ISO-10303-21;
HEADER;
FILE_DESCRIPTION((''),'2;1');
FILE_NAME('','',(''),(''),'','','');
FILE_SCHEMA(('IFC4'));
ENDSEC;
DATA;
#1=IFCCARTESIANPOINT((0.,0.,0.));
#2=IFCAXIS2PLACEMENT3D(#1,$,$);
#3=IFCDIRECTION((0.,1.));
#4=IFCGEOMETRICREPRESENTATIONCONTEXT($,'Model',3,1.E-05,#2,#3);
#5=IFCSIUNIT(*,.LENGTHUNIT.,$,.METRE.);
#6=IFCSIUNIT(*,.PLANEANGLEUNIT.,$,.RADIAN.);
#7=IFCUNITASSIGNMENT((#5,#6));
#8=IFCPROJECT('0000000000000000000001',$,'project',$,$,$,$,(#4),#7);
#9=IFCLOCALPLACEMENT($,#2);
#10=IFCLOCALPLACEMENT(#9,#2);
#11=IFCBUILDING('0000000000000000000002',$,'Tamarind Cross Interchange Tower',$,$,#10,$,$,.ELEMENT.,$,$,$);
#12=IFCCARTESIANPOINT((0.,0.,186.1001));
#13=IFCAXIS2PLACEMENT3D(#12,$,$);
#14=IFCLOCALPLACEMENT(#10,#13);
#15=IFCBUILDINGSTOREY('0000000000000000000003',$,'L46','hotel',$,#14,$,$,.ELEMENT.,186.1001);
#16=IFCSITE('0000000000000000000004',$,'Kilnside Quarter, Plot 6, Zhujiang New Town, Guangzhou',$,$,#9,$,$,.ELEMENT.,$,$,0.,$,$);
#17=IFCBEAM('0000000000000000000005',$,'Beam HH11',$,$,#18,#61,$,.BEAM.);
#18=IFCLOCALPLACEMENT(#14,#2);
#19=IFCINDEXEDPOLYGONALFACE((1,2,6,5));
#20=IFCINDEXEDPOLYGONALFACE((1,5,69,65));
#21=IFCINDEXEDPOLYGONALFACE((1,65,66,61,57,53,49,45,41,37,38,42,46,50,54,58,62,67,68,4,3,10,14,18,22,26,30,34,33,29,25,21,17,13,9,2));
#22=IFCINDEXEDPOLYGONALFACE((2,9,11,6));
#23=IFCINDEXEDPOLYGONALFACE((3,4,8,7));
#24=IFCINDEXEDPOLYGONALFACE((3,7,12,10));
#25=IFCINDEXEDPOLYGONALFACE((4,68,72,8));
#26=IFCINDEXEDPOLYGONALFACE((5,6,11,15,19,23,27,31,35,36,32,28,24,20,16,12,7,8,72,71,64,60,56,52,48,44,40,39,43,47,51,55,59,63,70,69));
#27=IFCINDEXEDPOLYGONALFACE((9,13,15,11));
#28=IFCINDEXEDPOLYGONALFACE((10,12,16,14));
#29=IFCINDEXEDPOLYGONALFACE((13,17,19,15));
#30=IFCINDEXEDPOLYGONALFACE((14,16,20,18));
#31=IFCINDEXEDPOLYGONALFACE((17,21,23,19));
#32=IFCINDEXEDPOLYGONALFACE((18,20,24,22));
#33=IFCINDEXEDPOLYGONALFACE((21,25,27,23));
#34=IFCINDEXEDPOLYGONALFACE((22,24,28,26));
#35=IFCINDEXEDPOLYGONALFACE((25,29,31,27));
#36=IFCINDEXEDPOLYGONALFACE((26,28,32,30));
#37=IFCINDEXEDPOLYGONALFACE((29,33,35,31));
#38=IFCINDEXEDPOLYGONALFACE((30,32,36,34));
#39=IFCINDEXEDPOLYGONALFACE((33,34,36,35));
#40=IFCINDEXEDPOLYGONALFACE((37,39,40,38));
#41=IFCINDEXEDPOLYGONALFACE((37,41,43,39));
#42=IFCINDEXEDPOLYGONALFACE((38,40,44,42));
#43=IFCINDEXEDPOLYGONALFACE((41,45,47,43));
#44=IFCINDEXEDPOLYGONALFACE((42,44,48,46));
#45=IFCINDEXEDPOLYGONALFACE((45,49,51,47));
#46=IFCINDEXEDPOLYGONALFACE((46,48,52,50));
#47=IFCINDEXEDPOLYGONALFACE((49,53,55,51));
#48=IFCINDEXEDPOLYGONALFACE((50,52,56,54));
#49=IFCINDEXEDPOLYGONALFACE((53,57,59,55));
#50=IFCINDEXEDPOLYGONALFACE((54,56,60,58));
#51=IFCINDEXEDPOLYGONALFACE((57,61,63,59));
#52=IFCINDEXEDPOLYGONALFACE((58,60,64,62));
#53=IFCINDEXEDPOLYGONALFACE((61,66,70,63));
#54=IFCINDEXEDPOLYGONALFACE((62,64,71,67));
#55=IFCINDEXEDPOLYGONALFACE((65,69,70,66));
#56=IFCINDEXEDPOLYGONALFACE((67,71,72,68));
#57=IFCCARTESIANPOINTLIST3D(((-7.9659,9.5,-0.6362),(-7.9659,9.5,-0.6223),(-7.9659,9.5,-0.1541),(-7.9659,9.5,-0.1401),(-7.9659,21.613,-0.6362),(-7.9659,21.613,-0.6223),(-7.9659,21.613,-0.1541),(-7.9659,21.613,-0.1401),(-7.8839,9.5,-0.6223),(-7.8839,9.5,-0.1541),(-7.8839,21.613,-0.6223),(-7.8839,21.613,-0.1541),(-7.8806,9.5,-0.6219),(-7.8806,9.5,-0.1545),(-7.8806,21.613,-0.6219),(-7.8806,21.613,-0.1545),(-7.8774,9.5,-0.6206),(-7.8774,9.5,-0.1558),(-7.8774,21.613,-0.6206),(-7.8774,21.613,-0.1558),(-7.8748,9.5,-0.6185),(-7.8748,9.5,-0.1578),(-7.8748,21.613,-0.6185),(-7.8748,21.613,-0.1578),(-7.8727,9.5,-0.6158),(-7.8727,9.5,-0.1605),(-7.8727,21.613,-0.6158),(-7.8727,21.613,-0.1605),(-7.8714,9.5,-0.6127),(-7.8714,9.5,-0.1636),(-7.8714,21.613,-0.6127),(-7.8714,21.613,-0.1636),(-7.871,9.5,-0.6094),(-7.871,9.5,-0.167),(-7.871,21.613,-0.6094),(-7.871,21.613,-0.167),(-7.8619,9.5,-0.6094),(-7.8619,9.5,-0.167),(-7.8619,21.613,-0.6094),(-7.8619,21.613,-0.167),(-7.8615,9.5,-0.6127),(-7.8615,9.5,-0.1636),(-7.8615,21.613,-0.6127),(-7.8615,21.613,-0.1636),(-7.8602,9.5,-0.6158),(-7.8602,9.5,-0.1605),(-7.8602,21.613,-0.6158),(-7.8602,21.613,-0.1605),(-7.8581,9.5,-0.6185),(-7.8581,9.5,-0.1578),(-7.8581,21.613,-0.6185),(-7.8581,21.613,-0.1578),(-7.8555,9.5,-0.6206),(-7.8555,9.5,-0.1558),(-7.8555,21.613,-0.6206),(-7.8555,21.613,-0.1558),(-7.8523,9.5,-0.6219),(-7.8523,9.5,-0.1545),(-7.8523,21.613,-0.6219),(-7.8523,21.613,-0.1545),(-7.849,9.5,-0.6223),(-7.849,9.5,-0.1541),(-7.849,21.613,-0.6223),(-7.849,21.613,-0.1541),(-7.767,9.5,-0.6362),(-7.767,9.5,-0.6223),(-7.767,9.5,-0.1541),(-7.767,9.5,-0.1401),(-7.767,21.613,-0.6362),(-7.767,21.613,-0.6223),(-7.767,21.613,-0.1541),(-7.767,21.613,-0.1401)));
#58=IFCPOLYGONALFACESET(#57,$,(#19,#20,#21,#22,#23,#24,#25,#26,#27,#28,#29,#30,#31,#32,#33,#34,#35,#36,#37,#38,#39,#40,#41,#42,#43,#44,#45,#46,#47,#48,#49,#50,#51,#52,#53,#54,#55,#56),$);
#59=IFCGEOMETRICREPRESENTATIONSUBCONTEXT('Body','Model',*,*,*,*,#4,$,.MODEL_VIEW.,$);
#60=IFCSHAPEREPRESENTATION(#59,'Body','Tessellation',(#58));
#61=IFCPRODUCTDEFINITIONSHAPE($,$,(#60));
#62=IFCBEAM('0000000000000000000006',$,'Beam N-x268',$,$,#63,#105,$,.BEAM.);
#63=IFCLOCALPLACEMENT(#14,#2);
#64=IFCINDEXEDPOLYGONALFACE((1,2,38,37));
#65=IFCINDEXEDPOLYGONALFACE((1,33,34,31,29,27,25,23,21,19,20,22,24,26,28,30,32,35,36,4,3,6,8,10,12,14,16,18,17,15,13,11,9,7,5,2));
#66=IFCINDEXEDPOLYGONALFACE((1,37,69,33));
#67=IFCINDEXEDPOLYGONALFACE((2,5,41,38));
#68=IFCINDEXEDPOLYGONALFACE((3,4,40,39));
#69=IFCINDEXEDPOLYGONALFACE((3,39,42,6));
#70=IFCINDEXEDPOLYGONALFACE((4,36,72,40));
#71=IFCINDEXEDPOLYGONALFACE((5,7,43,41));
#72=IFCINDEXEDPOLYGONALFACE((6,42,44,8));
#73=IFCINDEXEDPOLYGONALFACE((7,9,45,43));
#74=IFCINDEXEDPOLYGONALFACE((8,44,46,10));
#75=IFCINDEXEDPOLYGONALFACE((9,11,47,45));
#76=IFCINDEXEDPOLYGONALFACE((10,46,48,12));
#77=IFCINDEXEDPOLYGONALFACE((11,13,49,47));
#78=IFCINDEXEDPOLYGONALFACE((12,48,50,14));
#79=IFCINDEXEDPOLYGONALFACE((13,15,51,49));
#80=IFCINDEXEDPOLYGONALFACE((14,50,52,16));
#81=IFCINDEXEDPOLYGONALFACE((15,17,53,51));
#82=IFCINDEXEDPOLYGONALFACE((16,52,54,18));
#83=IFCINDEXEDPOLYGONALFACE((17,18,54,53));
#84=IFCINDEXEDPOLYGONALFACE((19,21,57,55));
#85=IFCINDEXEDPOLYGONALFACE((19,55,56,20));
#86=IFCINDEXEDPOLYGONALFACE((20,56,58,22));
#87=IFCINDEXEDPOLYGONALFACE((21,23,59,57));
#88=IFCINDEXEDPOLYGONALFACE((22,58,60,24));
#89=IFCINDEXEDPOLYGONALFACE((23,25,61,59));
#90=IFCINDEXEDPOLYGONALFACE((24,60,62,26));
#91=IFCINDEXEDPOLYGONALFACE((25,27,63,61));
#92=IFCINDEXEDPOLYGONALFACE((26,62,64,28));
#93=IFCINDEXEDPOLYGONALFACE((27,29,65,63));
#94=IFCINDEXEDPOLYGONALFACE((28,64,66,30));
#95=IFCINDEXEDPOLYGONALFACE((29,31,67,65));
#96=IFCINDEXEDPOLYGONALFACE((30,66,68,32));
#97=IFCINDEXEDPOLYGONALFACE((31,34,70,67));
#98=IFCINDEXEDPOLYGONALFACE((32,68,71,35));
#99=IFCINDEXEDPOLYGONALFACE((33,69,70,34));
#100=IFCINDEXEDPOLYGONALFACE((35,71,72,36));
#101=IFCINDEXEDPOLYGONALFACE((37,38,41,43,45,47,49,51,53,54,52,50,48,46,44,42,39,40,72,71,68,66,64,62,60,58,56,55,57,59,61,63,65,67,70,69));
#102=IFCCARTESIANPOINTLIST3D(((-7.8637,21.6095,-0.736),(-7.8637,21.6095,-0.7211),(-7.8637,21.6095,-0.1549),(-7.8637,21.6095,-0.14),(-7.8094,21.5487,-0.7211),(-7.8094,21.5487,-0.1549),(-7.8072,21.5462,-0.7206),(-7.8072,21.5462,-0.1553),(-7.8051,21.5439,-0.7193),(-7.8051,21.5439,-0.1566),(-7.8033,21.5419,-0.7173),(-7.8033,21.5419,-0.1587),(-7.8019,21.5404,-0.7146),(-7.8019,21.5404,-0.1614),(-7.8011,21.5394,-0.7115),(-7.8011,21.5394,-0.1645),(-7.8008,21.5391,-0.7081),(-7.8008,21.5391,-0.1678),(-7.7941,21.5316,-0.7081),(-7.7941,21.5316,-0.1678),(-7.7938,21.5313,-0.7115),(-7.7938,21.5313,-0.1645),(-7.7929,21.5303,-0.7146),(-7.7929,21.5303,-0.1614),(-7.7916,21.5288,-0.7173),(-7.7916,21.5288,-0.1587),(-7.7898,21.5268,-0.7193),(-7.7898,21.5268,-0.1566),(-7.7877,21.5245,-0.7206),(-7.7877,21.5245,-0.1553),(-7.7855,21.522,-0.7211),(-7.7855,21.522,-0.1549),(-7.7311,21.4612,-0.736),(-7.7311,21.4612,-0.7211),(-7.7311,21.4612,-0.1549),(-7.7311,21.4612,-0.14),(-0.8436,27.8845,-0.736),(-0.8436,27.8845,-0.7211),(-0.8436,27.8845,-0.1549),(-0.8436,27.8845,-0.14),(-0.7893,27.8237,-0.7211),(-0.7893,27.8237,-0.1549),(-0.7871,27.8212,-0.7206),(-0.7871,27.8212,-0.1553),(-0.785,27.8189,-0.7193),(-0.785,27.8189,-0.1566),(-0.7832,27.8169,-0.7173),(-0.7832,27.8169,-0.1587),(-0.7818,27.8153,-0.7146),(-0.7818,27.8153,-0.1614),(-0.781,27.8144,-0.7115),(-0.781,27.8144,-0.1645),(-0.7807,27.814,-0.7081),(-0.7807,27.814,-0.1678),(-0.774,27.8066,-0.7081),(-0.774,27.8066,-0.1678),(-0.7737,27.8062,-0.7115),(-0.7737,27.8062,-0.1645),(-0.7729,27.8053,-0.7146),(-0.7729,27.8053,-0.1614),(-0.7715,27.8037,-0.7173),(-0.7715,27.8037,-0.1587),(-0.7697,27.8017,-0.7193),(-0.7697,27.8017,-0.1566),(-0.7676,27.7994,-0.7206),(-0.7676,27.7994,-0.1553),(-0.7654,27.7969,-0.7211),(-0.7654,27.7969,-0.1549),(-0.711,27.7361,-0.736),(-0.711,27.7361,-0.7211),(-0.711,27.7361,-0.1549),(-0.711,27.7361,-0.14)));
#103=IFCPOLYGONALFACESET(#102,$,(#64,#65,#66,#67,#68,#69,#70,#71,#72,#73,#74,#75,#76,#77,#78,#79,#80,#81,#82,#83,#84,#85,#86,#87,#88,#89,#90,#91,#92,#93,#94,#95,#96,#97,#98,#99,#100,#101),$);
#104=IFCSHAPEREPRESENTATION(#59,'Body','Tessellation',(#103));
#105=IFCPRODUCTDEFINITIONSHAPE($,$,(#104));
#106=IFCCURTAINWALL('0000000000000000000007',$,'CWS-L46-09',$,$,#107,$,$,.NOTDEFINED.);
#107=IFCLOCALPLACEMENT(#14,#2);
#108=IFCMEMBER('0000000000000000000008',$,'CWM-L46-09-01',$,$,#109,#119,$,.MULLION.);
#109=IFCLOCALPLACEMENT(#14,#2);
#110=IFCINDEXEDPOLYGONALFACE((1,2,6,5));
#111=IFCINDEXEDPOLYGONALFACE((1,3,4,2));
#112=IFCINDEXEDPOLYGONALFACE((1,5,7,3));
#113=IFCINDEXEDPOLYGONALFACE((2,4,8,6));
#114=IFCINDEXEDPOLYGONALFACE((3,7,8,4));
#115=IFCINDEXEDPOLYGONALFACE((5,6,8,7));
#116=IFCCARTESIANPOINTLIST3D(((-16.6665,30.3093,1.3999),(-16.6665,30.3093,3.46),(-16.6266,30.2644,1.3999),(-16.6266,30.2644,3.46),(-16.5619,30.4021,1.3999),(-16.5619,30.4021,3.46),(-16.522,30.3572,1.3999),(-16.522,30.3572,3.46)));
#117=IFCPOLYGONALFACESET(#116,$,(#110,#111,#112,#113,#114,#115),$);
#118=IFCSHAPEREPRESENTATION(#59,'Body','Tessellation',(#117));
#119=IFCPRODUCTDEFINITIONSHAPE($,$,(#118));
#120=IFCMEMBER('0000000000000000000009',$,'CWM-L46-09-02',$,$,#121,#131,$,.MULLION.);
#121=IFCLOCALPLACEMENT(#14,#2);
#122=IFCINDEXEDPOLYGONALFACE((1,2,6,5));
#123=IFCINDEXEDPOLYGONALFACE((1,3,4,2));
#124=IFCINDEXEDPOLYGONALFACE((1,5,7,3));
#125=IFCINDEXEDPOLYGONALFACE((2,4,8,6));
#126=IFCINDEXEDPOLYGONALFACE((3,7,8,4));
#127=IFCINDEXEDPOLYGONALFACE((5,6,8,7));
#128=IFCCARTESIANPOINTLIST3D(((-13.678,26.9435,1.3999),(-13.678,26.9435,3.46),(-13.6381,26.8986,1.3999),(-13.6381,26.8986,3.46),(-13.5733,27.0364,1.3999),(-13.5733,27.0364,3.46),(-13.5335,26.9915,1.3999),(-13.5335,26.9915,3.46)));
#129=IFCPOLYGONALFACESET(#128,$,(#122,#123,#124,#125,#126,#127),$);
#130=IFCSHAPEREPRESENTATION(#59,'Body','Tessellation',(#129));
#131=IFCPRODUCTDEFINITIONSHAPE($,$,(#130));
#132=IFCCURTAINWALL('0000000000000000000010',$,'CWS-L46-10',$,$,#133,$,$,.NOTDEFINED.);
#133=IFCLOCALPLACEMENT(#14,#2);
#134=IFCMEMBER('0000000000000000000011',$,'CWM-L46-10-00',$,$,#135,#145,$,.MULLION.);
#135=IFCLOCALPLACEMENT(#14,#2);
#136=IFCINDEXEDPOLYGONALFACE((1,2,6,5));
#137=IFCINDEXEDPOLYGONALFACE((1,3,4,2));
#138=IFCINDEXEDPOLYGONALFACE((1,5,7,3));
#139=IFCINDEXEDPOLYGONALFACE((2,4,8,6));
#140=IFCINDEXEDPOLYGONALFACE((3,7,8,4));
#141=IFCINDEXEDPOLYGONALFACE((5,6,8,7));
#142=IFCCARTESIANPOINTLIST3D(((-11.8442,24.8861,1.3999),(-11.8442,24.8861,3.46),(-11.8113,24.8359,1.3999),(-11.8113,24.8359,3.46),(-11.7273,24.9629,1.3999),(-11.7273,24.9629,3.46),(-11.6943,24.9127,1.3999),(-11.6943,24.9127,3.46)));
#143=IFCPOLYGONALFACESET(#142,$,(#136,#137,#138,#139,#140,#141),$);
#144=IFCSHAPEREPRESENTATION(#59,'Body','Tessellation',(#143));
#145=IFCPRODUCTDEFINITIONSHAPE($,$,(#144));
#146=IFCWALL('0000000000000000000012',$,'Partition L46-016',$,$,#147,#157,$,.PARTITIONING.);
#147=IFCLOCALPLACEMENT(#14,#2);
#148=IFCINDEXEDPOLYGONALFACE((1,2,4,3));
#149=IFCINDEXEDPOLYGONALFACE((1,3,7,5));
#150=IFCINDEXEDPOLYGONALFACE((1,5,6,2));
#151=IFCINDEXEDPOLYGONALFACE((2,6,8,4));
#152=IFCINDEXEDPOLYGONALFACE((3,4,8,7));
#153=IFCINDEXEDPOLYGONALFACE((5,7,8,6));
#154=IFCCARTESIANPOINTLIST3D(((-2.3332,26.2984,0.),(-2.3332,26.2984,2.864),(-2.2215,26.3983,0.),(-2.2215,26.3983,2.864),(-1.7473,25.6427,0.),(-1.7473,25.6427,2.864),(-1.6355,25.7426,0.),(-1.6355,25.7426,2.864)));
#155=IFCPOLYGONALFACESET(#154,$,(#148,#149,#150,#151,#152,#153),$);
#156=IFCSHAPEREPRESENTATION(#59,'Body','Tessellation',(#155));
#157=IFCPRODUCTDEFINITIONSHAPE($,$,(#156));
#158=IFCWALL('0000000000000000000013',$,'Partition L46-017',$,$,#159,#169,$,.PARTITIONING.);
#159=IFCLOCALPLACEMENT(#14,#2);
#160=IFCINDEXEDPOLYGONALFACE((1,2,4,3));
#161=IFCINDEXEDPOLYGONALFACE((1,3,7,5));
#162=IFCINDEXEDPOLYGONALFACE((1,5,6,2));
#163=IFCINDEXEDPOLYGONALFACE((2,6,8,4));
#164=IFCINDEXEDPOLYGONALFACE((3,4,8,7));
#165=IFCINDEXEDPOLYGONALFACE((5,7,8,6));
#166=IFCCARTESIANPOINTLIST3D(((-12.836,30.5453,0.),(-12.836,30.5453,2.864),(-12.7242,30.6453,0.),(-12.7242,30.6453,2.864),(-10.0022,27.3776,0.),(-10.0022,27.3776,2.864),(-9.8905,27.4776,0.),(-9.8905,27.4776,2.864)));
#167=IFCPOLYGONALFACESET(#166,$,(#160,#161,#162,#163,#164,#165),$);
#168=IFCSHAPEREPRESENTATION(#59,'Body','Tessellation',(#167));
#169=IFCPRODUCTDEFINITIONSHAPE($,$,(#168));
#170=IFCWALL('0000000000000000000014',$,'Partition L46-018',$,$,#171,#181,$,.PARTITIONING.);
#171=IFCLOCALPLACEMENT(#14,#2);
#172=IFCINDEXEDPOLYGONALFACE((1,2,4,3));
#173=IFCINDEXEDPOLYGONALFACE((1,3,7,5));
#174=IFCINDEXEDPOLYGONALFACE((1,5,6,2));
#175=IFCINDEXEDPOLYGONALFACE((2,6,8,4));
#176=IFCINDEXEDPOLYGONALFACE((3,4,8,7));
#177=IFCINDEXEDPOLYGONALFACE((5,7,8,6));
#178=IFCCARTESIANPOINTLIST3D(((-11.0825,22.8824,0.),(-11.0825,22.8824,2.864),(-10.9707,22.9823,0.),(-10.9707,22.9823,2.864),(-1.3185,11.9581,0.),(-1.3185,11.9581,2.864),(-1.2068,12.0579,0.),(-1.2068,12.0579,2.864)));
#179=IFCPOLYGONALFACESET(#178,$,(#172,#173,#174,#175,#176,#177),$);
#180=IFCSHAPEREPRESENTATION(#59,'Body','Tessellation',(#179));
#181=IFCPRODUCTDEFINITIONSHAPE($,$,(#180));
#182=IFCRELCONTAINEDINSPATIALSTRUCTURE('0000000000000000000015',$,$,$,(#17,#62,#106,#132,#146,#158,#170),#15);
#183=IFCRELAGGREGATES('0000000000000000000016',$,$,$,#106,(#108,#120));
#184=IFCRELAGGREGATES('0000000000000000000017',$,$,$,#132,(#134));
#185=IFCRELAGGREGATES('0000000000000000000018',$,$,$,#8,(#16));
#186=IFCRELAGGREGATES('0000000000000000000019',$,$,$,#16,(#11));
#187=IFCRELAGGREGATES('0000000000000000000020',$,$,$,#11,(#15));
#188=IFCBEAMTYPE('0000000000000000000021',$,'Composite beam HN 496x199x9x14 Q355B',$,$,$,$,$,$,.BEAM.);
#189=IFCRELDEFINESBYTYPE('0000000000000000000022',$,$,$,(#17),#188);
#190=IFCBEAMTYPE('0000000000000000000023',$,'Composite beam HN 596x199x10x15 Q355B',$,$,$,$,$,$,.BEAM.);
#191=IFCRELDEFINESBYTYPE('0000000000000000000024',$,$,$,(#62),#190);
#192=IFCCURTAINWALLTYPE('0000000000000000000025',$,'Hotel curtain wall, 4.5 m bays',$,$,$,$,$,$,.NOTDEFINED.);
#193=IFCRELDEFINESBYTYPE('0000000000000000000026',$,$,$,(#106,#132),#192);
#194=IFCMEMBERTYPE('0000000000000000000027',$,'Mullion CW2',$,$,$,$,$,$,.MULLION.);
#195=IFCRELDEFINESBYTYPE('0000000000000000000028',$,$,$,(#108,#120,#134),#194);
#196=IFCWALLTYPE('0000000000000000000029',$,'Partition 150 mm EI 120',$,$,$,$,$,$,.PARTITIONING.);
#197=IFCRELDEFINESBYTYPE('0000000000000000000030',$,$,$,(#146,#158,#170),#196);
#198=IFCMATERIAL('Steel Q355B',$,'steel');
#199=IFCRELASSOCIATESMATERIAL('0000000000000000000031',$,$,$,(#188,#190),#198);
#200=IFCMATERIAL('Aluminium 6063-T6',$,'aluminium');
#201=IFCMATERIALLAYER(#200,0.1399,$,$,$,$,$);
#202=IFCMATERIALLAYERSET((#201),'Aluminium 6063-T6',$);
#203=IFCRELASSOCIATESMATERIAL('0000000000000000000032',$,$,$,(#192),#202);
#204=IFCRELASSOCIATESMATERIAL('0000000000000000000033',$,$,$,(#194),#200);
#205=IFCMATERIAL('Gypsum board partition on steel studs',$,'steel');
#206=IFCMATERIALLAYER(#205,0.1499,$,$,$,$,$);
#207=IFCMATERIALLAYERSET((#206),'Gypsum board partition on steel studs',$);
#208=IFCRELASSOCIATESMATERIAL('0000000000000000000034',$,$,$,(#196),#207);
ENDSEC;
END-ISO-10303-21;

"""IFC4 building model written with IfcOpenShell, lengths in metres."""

from ifc_helpers import new_model, si_unit, direction, frame, frame_2d, origin, origin_2d, place, context, subcontext, project, spatial, rectangle, i_section, extrude, material, layer, layer_set, material_profile, profile_set, type_object, element, aggregate, save


model = new_model("IFC4")

# Units and contexts
model_context = context("Model", 3, precision=1e-05, world=origin(), true_north=direction((0.0, 1.0)))
body_context = subcontext(model_context, "Body", "Model", "MODEL_VIEW")
ifc_project = project(units=[si_unit("LENGTHUNIT", "METRE"), si_unit("PLANEANGLEUNIT", "RADIAN")], contexts=[model_context])

# Site, building, storey
site_placement = place(None, origin())
site = spatial("IfcSite", under=ifc_project, at=site_placement, Name="Kilnside Quarter, Plot 6, Zhujiang New Town, Guangzhou", CompositionType="ELEMENT", RefElevation=0.0)
building_placement = place(site_placement, origin())
building = spatial("IfcBuilding", under=site, at=building_placement, Name="Tamarind Cross Interchange Tower", CompositionType="ELEMENT")
storey_placement = place(building_placement, frame((0.0, 0.0, 186.1001)))
storey = spatial("IfcBuildingStorey", under=building, at=storey_placement, Name="L46", Description="hotel", CompositionType="ELEMENT", Elevation=186.1001)

# Beams
ifc_material_1 = material(Name="Steel Q355B", Category="steel")
ifc_material_profile_1 = material_profile(ifc_material_1, i_section(OverallWidth=0.199, OverallDepth=0.4961, WebThickness=0.009, FlangeThickness=0.0139, FilletRadius=0.0129, at=origin_2d()), Name="HN 496x199x9x14")
ifc_profile_set_1 = profile_set([ifc_material_profile_1], Name="Steel Q355B")
beam_type_1 = type_object("IfcBeamType", Name="Composite beam HN 496x199x9x14 Q355B", PredefinedType="BEAM", material=ifc_profile_set_1)
beam_1_placement = place(storey_placement, frame((-7.8665, 21.613, -0.3882), z_axis=(0.0, -1.0, 0.0), x_axis=(1.0, 0.0, 0.0)))
element("IfcBeam", 1, at=beam_1_placement, inside=storey, type_object=beam_type_1, Name="Beam HH11", PredefinedType="BEAM", context=body_context, shape_type="SweptSolid", body=[
    extrude(i_section(OverallWidth=0.199, OverallDepth=0.4961, WebThickness=0.009, FlangeThickness=0.0139, FilletRadius=0.0129, at=origin_2d()), origin(), (0.0, 0.0, 1.0), 12.113),
])
ifc_material_profile_2 = material_profile(ifc_material_1, i_section(OverallWidth=0.199, OverallDepth=0.5959, WebThickness=0.01, FlangeThickness=0.0149, FilletRadius=0.0129, at=origin_2d()), Name="HN 596x199x10x15")
ifc_profile_set_2 = profile_set([ifc_material_profile_2], Name="Steel Q355B")
beam_type_2 = type_object("IfcBeamType", Name="Composite beam HN 596x199x10x15 Q355B", PredefinedType="BEAM", material=ifc_profile_set_2)
beam_2_placement = place(storey_placement, frame((-0.7773, 27.8103, -0.438), z_axis=(-0.745567, -0.666431, 0.0), x_axis=(0.666431, -0.745567, 0.0)))
element("IfcBeam", 2, at=beam_2_placement, inside=storey, type_object=beam_type_2, Name="Beam N-x268", PredefinedType="BEAM", context=body_context, shape_type="SweptSolid", body=[
    extrude(i_section(OverallWidth=0.199, OverallDepth=0.5959, WebThickness=0.01, FlangeThickness=0.0149, FilletRadius=0.0129, at=origin_2d()), origin(), (0.0, 0.0, 1.0), 9.4158),
])

# Curtain wall, members
ifc_material_2 = material(Name="Aluminium 6063-T6", Category="aluminium")
ifc_layer_1 = layer(ifc_material_2, 0.1399)
ifc_layer_set_1 = layer_set([ifc_layer_1], Name="Aluminium 6063-T6")
curtain_wall_type = type_object("IfcCurtainWallType", Name="Hotel curtain wall, 4.5 m bays", PredefinedType="NOTDEFINED", material=ifc_layer_set_1)
curtain_wall_1_placement = place(storey_placement, origin())
curtain_wall_1 = element("IfcCurtainWall", 3, at=curtain_wall_1_placement, inside=storey, type_object=curtain_wall_type, Name="CWS-L46-09", PredefinedType="NOTDEFINED")
ifc_material_profile_3 = material_profile(ifc_material_2, rectangle(XDim=0.0601, YDim=0.1399, at=origin_2d()), Name="Mullion CW2")
ifc_profile_set_3 = profile_set([ifc_material_profile_3], Name="Aluminium 6063-T6")
member_type = type_object("IfcMemberType", Name="Mullion CW2", PredefinedType="MULLION", material=ifc_profile_set_3)
member_1_placement = place(storey_placement, frame((-16.5942, 30.3333, 1.3999), z_axis=(0.0, 0.0, 1.0), x_axis=(0.66395, -0.747777, 0.0)))
member_1 = element("IfcMember", 4, at=member_1_placement, type_object=member_type, Name="CWM-L46-09-01", PredefinedType="MULLION", context=body_context, shape_type="SweptSolid", body=[
    extrude(rectangle(XDim=0.0601, YDim=0.1399, at=origin_2d()), origin(), (0.0, 0.0, 1.0), 2.0601),
])
member_2_placement = place(storey_placement, frame((-13.6057, 26.9675, 1.3999), z_axis=(0.0, 0.0, 1.0), x_axis=(0.66395, -0.747777, 0.0)))
member_2 = element("IfcMember", 5, at=member_2_placement, type_object=member_type, Name="CWM-L46-09-02", PredefinedType="MULLION", context=body_context, shape_type="SweptSolid", body=[
    extrude(rectangle(XDim=0.0601, YDim=0.1399, at=origin_2d()), origin(), (0.0, 0.0, 1.0), 2.0601),
])
aggregate(curtain_wall_1, [member_1, member_2])

# Curtain wall, member
curtain_wall_2_placement = place(storey_placement, origin())
curtain_wall_2 = element("IfcCurtainWall", 6, at=curtain_wall_2_placement, inside=storey, type_object=curtain_wall_type, Name="CWS-L46-10", PredefinedType="NOTDEFINED")
member_3_placement = place(storey_placement, frame((-11.7693, 24.8994, 1.3999), z_axis=(0.0, 0.0, 1.0), x_axis=(0.548731, -0.835999, 0.0)))
member_3 = element("IfcMember", 7, at=member_3_placement, type_object=member_type, Name="CWM-L46-10-00", PredefinedType="MULLION", context=body_context, shape_type="SweptSolid", body=[
    extrude(rectangle(XDim=0.0601, YDim=0.1399, at=origin_2d()), origin(), (0.0, 0.0, 1.0), 2.0601),
])
aggregate(curtain_wall_2, [member_3])

# Walls
ifc_material_3 = material(Name="Gypsum board partition on steel studs", Category="steel")
ifc_layer_2 = layer(ifc_material_3, 0.1499)
ifc_layer_set_2 = layer_set([ifc_layer_2], Name="Gypsum board partition on steel studs")
wall_type_1 = type_object("IfcWallType", Name="Partition 150 mm EI 120", PredefinedType="PARTITIONING", material=ifc_layer_set_2)
wall_1_placement = place(storey_placement, frame((-2.2773, 26.3484, 0.0), z_axis=(0.0, 0.0, 1.0), x_axis=(0.666292, -0.745691, 0.0)))
element("IfcWall", 8, at=wall_1_placement, inside=storey, type_object=wall_type_1, Name="Partition L46-016", PredefinedType="PARTITIONING", context=body_context, shape_type="SweptSolid", body=[
    extrude(rectangle(XDim=0.8794, YDim=0.1499, at=frame_2d((0.4397, 0.0))), origin(), (0.0, 0.0, 1.0), 2.864),
])
wall_2_placement = place(storey_placement, frame((-12.78, 30.5952, 0.0), z_axis=(0.0, 0.0, 1.0), x_axis=(0.666724, -0.745304, 0.0)))
element("IfcWall", 9, at=wall_2_placement, inside=storey, type_object=wall_type_1, Name="Partition L46-017", PredefinedType="PARTITIONING", context=body_context, shape_type="SweptSolid", body=[
    extrude(rectangle(XDim=4.2502, YDim=0.1499, at=frame_2d((2.125, 0.0))), origin(), (0.0, 0.0, 1.0), 2.864),
])
wall_3_placement = place(storey_placement, frame((-11.0266, 22.9324, 0.0), z_axis=(0.0, 0.0, 1.0), x_axis=(0.666398, -0.745596, 0.0)))
element("IfcWall", 10, at=wall_3_placement, inside=storey, type_object=wall_type_1, Name="Partition L46-018", PredefinedType="PARTITIONING", context=body_context, shape_type="SweptSolid", body=[
    extrude(rectangle(XDim=14.6519, YDim=0.1499, at=frame_2d((7.3259, 0.0))), origin(), (0.0, 0.0, 1.0), 2.864),
])

save(model, "model.ifc")
